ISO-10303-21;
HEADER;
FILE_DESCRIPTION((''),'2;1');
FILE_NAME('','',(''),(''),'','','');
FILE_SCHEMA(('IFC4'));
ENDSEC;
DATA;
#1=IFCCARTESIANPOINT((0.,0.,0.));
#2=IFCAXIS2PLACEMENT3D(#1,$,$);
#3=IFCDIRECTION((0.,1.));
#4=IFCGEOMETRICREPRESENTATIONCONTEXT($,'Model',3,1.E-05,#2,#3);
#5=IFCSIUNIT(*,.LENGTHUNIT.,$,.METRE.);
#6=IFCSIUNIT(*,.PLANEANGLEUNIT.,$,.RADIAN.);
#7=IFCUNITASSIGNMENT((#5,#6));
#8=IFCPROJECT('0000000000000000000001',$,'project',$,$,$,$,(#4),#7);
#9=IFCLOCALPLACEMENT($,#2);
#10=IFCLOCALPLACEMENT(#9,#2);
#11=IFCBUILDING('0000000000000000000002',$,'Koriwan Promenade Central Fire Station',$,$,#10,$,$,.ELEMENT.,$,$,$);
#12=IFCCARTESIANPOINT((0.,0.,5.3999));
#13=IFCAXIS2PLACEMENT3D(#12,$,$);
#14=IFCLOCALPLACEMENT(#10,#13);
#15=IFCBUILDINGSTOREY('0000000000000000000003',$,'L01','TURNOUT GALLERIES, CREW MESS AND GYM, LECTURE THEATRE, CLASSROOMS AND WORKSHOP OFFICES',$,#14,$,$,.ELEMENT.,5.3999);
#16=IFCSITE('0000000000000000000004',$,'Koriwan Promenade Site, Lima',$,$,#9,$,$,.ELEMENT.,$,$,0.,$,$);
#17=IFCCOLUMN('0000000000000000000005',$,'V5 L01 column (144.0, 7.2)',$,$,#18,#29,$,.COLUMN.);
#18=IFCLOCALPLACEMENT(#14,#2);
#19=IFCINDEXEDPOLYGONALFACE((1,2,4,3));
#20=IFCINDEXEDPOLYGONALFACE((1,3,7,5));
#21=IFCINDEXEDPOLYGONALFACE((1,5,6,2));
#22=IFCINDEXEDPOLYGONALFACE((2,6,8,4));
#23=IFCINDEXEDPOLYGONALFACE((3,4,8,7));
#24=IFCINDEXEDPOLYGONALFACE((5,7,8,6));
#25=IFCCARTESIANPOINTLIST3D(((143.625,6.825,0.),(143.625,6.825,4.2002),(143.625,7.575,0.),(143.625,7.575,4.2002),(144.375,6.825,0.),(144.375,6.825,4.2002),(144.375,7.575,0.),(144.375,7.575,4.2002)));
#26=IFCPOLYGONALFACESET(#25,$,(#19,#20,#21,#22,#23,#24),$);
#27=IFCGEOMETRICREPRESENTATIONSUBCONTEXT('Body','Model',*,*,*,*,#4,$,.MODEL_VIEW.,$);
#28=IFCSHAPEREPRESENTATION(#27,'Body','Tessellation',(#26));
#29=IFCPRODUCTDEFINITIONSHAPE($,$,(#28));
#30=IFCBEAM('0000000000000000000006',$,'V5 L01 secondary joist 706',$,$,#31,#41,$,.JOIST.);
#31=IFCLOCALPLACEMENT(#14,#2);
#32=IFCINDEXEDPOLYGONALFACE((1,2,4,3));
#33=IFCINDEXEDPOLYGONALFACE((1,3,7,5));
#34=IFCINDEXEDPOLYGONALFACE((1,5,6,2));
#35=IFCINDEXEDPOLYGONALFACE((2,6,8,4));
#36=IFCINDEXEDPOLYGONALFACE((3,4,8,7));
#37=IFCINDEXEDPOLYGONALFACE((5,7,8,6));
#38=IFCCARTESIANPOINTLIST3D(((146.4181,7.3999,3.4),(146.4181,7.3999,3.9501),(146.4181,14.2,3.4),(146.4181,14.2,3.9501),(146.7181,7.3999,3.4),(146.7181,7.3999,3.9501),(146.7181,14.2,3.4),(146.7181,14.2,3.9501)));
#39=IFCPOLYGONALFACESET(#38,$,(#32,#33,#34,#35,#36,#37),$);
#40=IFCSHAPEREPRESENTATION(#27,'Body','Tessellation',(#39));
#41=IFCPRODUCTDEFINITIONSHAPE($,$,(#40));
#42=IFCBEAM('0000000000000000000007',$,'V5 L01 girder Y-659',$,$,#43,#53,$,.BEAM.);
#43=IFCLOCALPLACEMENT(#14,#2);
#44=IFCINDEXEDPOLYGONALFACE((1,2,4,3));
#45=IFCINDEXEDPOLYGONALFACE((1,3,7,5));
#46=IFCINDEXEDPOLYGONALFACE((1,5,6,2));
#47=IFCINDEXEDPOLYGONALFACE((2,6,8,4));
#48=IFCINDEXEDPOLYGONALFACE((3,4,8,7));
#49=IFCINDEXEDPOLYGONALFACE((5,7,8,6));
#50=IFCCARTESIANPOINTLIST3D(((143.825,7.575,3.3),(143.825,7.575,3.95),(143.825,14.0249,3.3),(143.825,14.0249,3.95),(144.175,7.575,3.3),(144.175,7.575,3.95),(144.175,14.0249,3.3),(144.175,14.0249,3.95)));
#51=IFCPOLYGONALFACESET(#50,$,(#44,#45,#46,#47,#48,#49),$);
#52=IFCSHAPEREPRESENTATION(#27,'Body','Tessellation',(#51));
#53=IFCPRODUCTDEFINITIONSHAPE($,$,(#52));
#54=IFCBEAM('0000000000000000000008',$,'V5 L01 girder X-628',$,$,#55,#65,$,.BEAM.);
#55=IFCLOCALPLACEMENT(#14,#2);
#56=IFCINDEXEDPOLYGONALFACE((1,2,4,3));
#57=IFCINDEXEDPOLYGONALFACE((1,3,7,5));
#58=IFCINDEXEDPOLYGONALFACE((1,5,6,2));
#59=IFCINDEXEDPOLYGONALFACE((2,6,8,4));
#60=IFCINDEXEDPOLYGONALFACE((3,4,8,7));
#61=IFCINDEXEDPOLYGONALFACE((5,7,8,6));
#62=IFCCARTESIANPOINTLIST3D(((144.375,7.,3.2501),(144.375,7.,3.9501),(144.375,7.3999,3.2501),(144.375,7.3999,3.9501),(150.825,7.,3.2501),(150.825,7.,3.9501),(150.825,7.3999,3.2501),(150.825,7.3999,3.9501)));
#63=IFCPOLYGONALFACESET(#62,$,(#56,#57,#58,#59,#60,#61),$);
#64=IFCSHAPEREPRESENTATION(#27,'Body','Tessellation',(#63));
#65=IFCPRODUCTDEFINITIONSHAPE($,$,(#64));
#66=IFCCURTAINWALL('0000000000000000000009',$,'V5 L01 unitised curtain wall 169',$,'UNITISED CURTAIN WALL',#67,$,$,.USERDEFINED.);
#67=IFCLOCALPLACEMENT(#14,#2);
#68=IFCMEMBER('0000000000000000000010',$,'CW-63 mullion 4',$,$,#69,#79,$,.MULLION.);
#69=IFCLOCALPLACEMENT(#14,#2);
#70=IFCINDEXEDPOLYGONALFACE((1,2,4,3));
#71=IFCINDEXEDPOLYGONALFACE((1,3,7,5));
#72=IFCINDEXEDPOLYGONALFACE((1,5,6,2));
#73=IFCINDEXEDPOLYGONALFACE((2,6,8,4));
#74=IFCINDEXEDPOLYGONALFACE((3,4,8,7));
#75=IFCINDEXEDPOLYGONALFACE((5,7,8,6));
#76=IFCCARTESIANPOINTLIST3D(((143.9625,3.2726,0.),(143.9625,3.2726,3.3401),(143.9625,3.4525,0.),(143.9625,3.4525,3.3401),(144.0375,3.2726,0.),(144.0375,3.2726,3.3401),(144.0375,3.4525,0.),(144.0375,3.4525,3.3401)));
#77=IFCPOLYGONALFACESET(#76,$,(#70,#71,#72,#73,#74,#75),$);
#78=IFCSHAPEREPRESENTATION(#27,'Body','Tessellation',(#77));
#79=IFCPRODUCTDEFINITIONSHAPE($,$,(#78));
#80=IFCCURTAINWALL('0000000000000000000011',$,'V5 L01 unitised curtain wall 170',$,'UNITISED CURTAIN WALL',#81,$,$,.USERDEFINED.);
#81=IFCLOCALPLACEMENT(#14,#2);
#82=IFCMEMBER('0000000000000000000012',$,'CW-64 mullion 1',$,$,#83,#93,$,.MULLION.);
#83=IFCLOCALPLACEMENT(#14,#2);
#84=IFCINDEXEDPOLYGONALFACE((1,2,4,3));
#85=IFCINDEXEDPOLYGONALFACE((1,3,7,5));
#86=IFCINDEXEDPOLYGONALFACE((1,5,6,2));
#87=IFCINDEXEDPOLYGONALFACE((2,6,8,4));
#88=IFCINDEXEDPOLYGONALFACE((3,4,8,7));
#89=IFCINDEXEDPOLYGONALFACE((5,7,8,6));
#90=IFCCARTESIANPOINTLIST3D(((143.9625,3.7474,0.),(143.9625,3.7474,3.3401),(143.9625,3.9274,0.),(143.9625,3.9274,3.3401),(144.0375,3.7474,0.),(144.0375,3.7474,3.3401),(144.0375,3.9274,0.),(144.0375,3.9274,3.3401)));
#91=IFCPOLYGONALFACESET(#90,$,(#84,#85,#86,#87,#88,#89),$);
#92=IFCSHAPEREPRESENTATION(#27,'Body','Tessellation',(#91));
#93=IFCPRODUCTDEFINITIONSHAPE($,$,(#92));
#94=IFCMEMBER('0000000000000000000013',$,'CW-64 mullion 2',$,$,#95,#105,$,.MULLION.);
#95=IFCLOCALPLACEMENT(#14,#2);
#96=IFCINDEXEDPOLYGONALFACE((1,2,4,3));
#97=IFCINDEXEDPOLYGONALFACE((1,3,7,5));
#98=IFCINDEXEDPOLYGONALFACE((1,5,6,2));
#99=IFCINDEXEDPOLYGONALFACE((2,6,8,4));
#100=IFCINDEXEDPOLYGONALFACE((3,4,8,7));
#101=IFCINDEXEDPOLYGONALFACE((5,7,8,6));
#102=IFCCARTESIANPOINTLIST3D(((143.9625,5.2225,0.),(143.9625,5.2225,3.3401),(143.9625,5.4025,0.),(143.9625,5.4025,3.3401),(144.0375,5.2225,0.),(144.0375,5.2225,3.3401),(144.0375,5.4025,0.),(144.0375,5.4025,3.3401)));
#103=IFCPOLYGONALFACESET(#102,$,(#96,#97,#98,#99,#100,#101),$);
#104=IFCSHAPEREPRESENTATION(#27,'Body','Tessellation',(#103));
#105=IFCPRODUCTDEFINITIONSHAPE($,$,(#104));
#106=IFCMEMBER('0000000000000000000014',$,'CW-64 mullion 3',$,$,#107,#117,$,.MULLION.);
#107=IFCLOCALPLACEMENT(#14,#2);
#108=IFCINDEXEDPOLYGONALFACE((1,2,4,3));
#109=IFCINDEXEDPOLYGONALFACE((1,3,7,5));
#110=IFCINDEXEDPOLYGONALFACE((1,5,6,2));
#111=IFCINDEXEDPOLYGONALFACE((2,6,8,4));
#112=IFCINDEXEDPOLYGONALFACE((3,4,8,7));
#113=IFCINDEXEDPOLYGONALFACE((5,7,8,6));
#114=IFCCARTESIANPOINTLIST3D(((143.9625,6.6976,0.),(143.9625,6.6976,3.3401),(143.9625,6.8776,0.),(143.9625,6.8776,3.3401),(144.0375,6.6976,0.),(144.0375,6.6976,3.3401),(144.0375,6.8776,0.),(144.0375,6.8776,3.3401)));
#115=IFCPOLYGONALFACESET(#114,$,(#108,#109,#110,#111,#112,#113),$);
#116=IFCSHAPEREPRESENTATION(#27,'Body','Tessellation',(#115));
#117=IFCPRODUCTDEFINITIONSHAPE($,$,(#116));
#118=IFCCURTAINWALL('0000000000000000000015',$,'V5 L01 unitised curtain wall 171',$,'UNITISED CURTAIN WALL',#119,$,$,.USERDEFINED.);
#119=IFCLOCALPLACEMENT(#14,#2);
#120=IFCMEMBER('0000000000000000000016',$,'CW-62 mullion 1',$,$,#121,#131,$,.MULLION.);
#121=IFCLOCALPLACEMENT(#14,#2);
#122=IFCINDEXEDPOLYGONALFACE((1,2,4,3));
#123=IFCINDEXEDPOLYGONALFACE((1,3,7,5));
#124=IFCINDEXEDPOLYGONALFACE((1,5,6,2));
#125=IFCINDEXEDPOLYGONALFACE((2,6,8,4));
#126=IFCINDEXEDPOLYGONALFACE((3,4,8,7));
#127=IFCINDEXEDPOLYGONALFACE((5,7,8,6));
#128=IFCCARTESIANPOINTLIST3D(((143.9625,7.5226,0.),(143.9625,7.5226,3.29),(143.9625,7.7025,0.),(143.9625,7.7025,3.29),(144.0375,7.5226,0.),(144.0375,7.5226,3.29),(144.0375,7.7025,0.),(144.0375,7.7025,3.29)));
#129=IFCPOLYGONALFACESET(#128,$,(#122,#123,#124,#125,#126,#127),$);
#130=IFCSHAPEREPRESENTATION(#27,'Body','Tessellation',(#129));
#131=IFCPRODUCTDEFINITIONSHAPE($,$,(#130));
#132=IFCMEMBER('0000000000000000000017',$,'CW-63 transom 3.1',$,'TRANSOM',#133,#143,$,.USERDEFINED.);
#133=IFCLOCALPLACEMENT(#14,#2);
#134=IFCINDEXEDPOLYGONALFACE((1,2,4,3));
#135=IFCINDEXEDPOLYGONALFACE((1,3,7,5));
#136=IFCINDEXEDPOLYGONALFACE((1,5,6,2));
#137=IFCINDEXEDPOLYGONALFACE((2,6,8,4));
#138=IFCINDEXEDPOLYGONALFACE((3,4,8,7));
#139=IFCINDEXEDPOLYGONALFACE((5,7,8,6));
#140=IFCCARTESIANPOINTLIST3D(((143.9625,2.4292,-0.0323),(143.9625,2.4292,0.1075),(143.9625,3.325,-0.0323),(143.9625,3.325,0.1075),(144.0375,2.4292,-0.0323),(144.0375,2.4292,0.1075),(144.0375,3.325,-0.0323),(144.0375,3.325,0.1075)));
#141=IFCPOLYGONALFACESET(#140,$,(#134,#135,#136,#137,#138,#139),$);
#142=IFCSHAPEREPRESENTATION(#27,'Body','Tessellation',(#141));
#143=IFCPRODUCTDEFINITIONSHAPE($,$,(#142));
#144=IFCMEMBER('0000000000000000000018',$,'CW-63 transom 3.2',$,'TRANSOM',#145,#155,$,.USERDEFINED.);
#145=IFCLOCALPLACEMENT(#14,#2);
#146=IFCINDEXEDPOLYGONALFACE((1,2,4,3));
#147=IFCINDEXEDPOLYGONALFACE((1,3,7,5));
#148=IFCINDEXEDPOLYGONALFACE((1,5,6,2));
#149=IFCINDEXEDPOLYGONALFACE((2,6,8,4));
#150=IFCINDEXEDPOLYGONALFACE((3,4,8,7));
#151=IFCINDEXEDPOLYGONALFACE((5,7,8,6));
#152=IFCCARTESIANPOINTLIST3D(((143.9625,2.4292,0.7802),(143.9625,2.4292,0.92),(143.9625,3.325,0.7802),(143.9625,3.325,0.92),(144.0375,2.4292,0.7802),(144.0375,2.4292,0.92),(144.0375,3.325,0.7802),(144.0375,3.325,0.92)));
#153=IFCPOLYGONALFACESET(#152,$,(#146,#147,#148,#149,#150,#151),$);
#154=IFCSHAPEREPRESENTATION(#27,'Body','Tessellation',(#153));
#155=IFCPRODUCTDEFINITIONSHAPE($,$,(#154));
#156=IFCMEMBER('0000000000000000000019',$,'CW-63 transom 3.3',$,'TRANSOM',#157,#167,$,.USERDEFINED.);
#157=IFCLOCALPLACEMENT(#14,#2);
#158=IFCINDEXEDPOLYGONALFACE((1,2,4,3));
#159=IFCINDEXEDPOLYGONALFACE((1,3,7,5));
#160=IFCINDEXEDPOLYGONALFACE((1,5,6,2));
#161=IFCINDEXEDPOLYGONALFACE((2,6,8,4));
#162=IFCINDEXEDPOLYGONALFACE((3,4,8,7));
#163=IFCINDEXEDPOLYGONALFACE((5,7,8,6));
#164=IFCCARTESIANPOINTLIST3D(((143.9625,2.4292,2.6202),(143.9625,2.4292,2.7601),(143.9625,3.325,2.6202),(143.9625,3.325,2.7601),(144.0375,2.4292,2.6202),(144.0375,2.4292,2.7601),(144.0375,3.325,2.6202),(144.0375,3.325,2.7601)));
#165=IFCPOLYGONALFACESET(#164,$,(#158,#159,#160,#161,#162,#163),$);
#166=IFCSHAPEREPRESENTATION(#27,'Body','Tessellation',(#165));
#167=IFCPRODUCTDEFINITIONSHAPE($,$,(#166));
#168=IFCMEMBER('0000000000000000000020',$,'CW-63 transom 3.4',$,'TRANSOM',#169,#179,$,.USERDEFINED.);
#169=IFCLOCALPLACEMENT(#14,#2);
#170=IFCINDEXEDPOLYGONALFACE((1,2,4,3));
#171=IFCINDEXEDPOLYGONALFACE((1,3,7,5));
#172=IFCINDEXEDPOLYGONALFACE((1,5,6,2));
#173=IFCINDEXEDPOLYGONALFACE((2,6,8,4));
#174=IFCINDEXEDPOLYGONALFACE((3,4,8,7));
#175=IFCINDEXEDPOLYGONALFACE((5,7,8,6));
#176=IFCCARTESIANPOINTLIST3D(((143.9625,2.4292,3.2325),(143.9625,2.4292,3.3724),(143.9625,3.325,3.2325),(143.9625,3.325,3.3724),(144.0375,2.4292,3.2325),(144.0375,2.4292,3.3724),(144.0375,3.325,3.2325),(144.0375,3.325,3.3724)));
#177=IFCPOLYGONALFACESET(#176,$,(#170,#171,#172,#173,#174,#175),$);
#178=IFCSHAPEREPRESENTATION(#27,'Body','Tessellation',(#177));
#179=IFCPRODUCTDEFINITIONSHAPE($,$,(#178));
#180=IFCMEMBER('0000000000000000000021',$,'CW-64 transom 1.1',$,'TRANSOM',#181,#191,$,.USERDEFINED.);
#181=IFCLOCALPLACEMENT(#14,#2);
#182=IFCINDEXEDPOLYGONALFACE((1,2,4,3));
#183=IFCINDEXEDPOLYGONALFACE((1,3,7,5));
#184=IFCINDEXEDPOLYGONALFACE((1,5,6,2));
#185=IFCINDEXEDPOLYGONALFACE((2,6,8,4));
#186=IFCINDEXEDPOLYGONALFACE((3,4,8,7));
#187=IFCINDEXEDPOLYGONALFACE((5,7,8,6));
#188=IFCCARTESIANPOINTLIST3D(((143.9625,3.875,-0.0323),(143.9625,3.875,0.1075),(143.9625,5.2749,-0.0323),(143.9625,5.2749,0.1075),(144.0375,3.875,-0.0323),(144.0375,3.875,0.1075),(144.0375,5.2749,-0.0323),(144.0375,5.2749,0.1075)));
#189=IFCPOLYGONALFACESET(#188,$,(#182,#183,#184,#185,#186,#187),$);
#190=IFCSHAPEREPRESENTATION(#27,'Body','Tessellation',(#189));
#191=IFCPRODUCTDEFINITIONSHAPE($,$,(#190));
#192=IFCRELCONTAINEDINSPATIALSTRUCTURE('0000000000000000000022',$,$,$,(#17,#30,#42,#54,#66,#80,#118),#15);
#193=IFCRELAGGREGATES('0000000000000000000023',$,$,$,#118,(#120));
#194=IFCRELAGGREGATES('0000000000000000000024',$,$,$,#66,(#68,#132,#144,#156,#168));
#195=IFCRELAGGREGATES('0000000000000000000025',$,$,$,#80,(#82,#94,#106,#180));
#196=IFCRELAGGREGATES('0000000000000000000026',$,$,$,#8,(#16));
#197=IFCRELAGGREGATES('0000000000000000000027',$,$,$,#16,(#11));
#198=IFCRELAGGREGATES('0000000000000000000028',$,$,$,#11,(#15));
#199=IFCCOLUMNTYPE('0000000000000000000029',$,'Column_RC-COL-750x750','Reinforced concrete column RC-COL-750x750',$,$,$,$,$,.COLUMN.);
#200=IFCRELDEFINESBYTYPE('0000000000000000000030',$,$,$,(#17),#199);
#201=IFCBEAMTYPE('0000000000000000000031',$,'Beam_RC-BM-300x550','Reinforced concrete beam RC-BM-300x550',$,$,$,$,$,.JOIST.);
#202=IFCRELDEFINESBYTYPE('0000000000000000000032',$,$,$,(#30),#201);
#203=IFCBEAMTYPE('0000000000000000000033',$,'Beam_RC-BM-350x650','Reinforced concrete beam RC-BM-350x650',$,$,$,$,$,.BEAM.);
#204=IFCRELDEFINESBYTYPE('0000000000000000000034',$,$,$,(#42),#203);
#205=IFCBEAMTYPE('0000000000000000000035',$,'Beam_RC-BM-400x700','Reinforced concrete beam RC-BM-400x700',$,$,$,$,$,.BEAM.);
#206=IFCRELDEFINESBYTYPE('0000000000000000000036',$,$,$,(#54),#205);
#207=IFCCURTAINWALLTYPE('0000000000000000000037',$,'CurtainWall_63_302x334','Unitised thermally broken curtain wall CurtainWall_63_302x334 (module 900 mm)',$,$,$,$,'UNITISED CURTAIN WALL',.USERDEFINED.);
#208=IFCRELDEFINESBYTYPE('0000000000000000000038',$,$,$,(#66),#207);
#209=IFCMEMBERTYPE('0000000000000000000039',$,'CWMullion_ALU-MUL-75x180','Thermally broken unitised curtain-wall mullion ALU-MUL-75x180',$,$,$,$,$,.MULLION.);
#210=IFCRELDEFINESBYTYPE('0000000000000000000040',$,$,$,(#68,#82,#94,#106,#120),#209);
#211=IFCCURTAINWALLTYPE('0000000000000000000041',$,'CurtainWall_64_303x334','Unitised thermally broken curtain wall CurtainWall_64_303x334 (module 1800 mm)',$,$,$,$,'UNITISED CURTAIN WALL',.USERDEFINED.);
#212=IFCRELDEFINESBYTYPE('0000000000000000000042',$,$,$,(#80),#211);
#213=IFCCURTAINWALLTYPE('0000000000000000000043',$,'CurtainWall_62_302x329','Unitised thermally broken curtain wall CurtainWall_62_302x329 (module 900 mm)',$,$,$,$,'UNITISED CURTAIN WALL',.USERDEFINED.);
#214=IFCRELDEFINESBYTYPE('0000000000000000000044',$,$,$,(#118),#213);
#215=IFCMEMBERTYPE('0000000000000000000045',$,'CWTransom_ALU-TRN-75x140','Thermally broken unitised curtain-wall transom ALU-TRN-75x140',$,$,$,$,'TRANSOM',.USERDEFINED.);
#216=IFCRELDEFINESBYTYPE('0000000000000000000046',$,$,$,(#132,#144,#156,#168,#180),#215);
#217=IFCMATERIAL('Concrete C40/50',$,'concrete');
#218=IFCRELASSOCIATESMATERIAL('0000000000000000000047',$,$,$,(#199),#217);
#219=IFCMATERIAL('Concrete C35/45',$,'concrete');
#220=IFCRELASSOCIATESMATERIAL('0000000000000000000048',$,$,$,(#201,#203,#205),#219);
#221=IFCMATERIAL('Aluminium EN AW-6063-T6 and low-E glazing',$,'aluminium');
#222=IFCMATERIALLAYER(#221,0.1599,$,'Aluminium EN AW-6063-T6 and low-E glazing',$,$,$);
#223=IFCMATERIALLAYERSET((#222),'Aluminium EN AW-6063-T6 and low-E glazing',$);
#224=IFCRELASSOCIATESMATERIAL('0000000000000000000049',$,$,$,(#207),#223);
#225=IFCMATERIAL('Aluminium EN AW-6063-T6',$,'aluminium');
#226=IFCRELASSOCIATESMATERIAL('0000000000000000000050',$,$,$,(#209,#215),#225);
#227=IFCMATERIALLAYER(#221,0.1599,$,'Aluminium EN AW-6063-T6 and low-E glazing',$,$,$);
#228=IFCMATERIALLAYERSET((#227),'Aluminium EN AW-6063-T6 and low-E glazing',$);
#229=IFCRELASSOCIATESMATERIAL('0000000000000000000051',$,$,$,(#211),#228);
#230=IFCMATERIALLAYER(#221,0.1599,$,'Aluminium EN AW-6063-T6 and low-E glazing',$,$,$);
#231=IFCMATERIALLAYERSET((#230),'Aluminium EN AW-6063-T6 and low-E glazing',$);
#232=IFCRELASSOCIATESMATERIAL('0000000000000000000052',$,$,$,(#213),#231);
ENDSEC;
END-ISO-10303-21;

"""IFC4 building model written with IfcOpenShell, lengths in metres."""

from ifc_helpers import new_model, si_unit, direction, frame, origin, origin_2d, place, context, subcontext, project, spatial, rectangle, extrude, material, layer, layer_set, material_profile, profile_set, type_object, element, aggregate, save


model = new_model("IFC4")

# Units and contexts
model_context = context("Model", 3, precision=1e-05, world=origin(), true_north=direction((0.0, 1.0)))
body_context = subcontext(model_context, "Body", "Model", "MODEL_VIEW")
ifc_project = project(units=[si_unit("LENGTHUNIT", "METRE"), si_unit("PLANEANGLEUNIT", "RADIAN")], contexts=[model_context])

# Site, building, storey
site_placement = place(None, origin())
site = spatial("IfcSite", under=ifc_project, at=site_placement, Name="Koriwan Promenade Site, Lima", CompositionType="ELEMENT", RefElevation=0.0)
building_placement = place(site_placement, origin())
building = spatial("IfcBuilding", under=site, at=building_placement, Name="Koriwan Promenade Central Fire Station", CompositionType="ELEMENT")
storey_placement = place(building_placement, frame((0.0, 0.0, 5.3999)))
storey = spatial("IfcBuildingStorey", under=building, at=storey_placement, Name="L01", Description="TURNOUT GALLERIES, CREW MESS AND GYM, LECTURE THEATRE, CLASSROOMS AND WORKSHOP OFFICES", CompositionType="ELEMENT", Elevation=5.3999)

# Column
ifc_material_1 = material(Name="Concrete C40/50", Category="concrete")
ifc_material_profile_1 = material_profile(ifc_material_1, rectangle(XDim=0.75, YDim=0.75, at=origin_2d()), Name="RC-COL-750x750")
ifc_profile_set_1 = profile_set([ifc_material_profile_1], Name="Concrete C40/50")
column_type = type_object("IfcColumnType", Name="Column_RC-COL-750x750", Description="Reinforced concrete column RC-COL-750x750", PredefinedType="COLUMN", material=ifc_profile_set_1)
column_placement = place(storey_placement, frame((144.0, 7.2, 0.0), z_axis=(0.0, 0.0, 1.0), x_axis=(1.0, 0.0, 0.0)))
element("IfcColumn", 1, at=column_placement, inside=storey, type_object=column_type, Name="V5 L01 column (144.0, 7.2)", PredefinedType="COLUMN", context=body_context, shape_type="SweptSolid", body=[
    extrude(rectangle(XDim=0.75, YDim=0.75, at=origin_2d()), origin(), (0.0, 0.0, 1.0), 4.2002),
])

# Beams
ifc_material_2 = material(Name="Concrete C35/45", Category="concrete")
ifc_material_profile_2 = material_profile(ifc_material_2, rectangle(XDim=0.3, YDim=0.55, at=origin_2d()), Name="RC-BM-300x550")
ifc_profile_set_2 = profile_set([ifc_material_profile_2], Name="Concrete C35/45")
beam_type_1 = type_object("IfcBeamType", Name="Beam_RC-BM-300x550", Description="Reinforced concrete beam RC-BM-300x550", PredefinedType="JOIST", material=ifc_profile_set_2)
beam_1_placement = place(storey_placement, frame((146.5681, 7.3999, 3.675), z_axis=(0.0, 1.0, 0.0), x_axis=(-1.0, 0.0, 0.0)))
element("IfcBeam", 2, at=beam_1_placement, inside=storey, type_object=beam_type_1, Name="V5 L01 secondary joist 706", PredefinedType="JOIST", context=body_context, shape_type="SweptSolid", body=[
    extrude(rectangle(XDim=0.3, YDim=0.55, at=origin_2d()), origin(), (0.0, 0.0, 1.0), 6.8),
])
ifc_material_profile_3 = material_profile(ifc_material_2, rectangle(XDim=0.3501, YDim=0.6499, at=origin_2d()), Name="RC-BM-350x650")
ifc_profile_set_3 = profile_set([ifc_material_profile_3], Name="Concrete C35/45")
beam_type_2 = type_object("IfcBeamType", Name="Beam_RC-BM-350x650", Description="Reinforced concrete beam RC-BM-350x650", PredefinedType="BEAM", material=ifc_profile_set_3)
beam_2_placement = place(storey_placement, frame((144.0, 7.575, 3.625), z_axis=(0.0, 1.0, 0.0), x_axis=(-1.0, 0.0, 0.0)))
element("IfcBeam", 3, at=beam_2_placement, inside=storey, type_object=beam_type_2, Name="V5 L01 girder Y-659", PredefinedType="BEAM", context=body_context, shape_type="SweptSolid", body=[
    extrude(rectangle(XDim=0.3501, YDim=0.6499, at=origin_2d()), origin(), (0.0, 0.0, 1.0), 6.45),
])
ifc_material_profile_4 = material_profile(ifc_material_2, rectangle(XDim=0.3999, YDim=0.7, at=origin_2d()), Name="RC-BM-400x700")
ifc_profile_set_4 = profile_set([ifc_material_profile_4], Name="Concrete C35/45")
beam_type_3 = type_object("IfcBeamType", Name="Beam_RC-BM-400x700", Description="Reinforced concrete beam RC-BM-400x700", PredefinedType="BEAM", material=ifc_profile_set_4)
beam_3_placement = place(storey_placement, frame((144.375, 7.2, 3.6001), z_axis=(1.0, 0.0, 0.0), x_axis=(0.0, 1.0, 0.0)))
element("IfcBeam", 4, at=beam_3_placement, inside=storey, type_object=beam_type_3, Name="V5 L01 girder X-628", PredefinedType="BEAM", context=body_context, shape_type="SweptSolid", body=[
    extrude(rectangle(XDim=0.3999, YDim=0.7, at=origin_2d()), origin(), (0.0, 0.0, 1.0), 6.45),
])

# Curtain wall, member
ifc_material_3 = material(Name="Aluminium EN AW-6063-T6 and low-E glazing", Category="aluminium")
ifc_layer_1 = layer(ifc_material_3, 0.1599, Name="Aluminium EN AW-6063-T6 and low-E glazing")
ifc_layer_set_1 = layer_set([ifc_layer_1], Name="Aluminium EN AW-6063-T6 and low-E glazing")
curtain_wall_type_1 = type_object("IfcCurtainWallType", Name="CurtainWall_63_302x334", Description="Unitised thermally broken curtain wall CurtainWall_63_302x334 (module 900 mm)", ElementType="UNITISED CURTAIN WALL", PredefinedType="USERDEFINED", material=ifc_layer_set_1)
curtain_wall_1_placement = place(storey_placement, origin())
curtain_wall_1 = element("IfcCurtainWall", 5, at=curtain_wall_1_placement, inside=storey, type_object=curtain_wall_type_1, Name="V5 L01 unitised curtain wall 169", ObjectType="UNITISED CURTAIN WALL", PredefinedType="USERDEFINED")
ifc_material_4 = material(Name="Aluminium EN AW-6063-T6", Category="aluminium")
ifc_material_profile_5 = material_profile(ifc_material_4, rectangle(XDim=0.075, YDim=0.1799, at=origin_2d()), Name="ALU-MUL-75x180")
ifc_profile_set_5 = profile_set([ifc_material_profile_5], Name="Aluminium EN AW-6063-T6")
member_type_1 = type_object("IfcMemberType", Name="CWMullion_ALU-MUL-75x180", Description="Thermally broken unitised curtain-wall mullion ALU-MUL-75x180", PredefinedType="MULLION", material=ifc_profile_set_5)
member_1_placement = place(storey_placement, frame((144.0, 3.3625, 0.0), z_axis=(0.0, 0.0, 1.0), x_axis=(-1.0, 0.0, 0.0)))
member_1 = element("IfcMember", 6, at=member_1_placement, type_object=member_type_1, Name="CW-63 mullion 4", PredefinedType="MULLION", context=body_context, shape_type="SweptSolid", body=[
    extrude(rectangle(XDim=0.075, YDim=0.1799, at=origin_2d()), origin(), (0.0, 0.0, 1.0), 3.3401),
])

# Curtain wall, members
ifc_layer_2 = layer(ifc_material_3, 0.1599, Name="Aluminium EN AW-6063-T6 and low-E glazing")
ifc_layer_set_2 = layer_set([ifc_layer_2], Name="Aluminium EN AW-6063-T6 and low-E glazing")
curtain_wall_type_2 = type_object("IfcCurtainWallType", Name="CurtainWall_64_303x334", Description="Unitised thermally broken curtain wall CurtainWall_64_303x334 (module 1800 mm)", ElementType="UNITISED CURTAIN WALL", PredefinedType="USERDEFINED", material=ifc_layer_set_2)
curtain_wall_2_placement = place(storey_placement, origin())
curtain_wall_2 = element("IfcCurtainWall", 7, at=curtain_wall_2_placement, inside=storey, type_object=curtain_wall_type_2, Name="V5 L01 unitised curtain wall 170", ObjectType="UNITISED CURTAIN WALL", PredefinedType="USERDEFINED")
member_2_placement = place(storey_placement, frame((144.0, 3.8374, 0.0), z_axis=(0.0, 0.0, 1.0), x_axis=(-1.0, 0.0, 0.0)))
member_2 = element("IfcMember", 8, at=member_2_placement, type_object=member_type_1, Name="CW-64 mullion 1", PredefinedType="MULLION", context=body_context, shape_type="SweptSolid", body=[
    extrude(rectangle(XDim=0.075, YDim=0.1799, at=origin_2d()), origin(), (0.0, 0.0, 1.0), 3.3401),
])
member_3_placement = place(storey_placement, frame((144.0, 5.3125, 0.0), z_axis=(0.0, 0.0, 1.0), x_axis=(-1.0, 0.0, 0.0)))
member_3 = element("IfcMember", 9, at=member_3_placement, type_object=member_type_1, Name="CW-64 mullion 2", PredefinedType="MULLION", context=body_context, shape_type="SweptSolid", body=[
    extrude(rectangle(XDim=0.075, YDim=0.1799, at=origin_2d()), origin(), (0.0, 0.0, 1.0), 3.3401),
])
member_4_placement = place(storey_placement, frame((144.0, 6.7876, 0.0), z_axis=(0.0, 0.0, 1.0), x_axis=(-1.0, 0.0, 0.0)))
member_4 = element("IfcMember", 10, at=member_4_placement, type_object=member_type_1, Name="CW-64 mullion 3", PredefinedType="MULLION", context=body_context, shape_type="SweptSolid", body=[
    extrude(rectangle(XDim=0.075, YDim=0.1799, at=origin_2d()), origin(), (0.0, 0.0, 1.0), 3.3401),
])

# Curtain wall, member
ifc_layer_3 = layer(ifc_material_3, 0.1599, Name="Aluminium EN AW-6063-T6 and low-E glazing")
ifc_layer_set_3 = layer_set([ifc_layer_3], Name="Aluminium EN AW-6063-T6 and low-E glazing")
curtain_wall_type_3 = type_object("IfcCurtainWallType", Name="CurtainWall_62_302x329", Description="Unitised thermally broken curtain wall CurtainWall_62_302x329 (module 900 mm)", ElementType="UNITISED CURTAIN WALL", PredefinedType="USERDEFINED", material=ifc_layer_set_3)
curtain_wall_3_placement = place(storey_placement, origin())
curtain_wall_3 = element("IfcCurtainWall", 11, at=curtain_wall_3_placement, inside=storey, type_object=curtain_wall_type_3, Name="V5 L01 unitised curtain wall 171", ObjectType="UNITISED CURTAIN WALL", PredefinedType="USERDEFINED")
member_5_placement = place(storey_placement, frame((144.0, 7.6125, 0.0), z_axis=(0.0, 0.0, 1.0), x_axis=(-1.0, 0.0, 0.0)))
member_5 = element("IfcMember", 12, at=member_5_placement, type_object=member_type_1, Name="CW-62 mullion 1", PredefinedType="MULLION", context=body_context, shape_type="SweptSolid", body=[
    extrude(rectangle(XDim=0.075, YDim=0.1799, at=origin_2d()), origin(), (0.0, 0.0, 1.0), 3.29),
])

# Members
ifc_material_profile_6 = material_profile(ifc_material_4, rectangle(XDim=0.075, YDim=0.1399, at=origin_2d()), Name="ALU-TRN-75x140")
ifc_profile_set_6 = profile_set([ifc_material_profile_6], Name="Aluminium EN AW-6063-T6")
member_type_2 = type_object("IfcMemberType", Name="CWTransom_ALU-TRN-75x140", Description="Thermally broken unitised curtain-wall transom ALU-TRN-75x140", ElementType="TRANSOM", PredefinedType="USERDEFINED", material=ifc_profile_set_6)
member_6_placement = place(storey_placement, frame((144.0, 2.4292, 0.0376), z_axis=(0.0, 1.0, 0.0), x_axis=(-1.0, 0.0, 0.0)))
member_6 = element("IfcMember", 13, at=member_6_placement, type_object=member_type_2, Name="CW-63 transom 3.1", ObjectType="TRANSOM", PredefinedType="USERDEFINED", context=body_context, shape_type="SweptSolid", body=[
    extrude(rectangle(XDim=0.075, YDim=0.1399, at=origin_2d()), origin(), (0.0, 0.0, 1.0), 0.8958),
])
member_7_placement = place(storey_placement, frame((144.0, 2.4292, 0.8501), z_axis=(0.0, 1.0, 0.0), x_axis=(-1.0, 0.0, 0.0)))
member_7 = element("IfcMember", 14, at=member_7_placement, type_object=member_type_2, Name="CW-63 transom 3.2", ObjectType="TRANSOM", PredefinedType="USERDEFINED", context=body_context, shape_type="SweptSolid", body=[
    extrude(rectangle(XDim=0.075, YDim=0.1399, at=origin_2d()), origin(), (0.0, 0.0, 1.0), 0.8958),
])
member_8_placement = place(storey_placement, frame((144.0, 2.4292, 2.6902), z_axis=(0.0, 1.0, 0.0), x_axis=(-1.0, 0.0, 0.0)))
member_8 = element("IfcMember", 15, at=member_8_placement, type_object=member_type_2, Name="CW-63 transom 3.3", ObjectType="TRANSOM", PredefinedType="USERDEFINED", context=body_context, shape_type="SweptSolid", body=[
    extrude(rectangle(XDim=0.075, YDim=0.1399, at=origin_2d()), origin(), (0.0, 0.0, 1.0), 0.8958),
])
member_9_placement = place(storey_placement, frame((144.0, 2.4292, 3.3025), z_axis=(0.0, 1.0, 0.0), x_axis=(-1.0, 0.0, 0.0)))
member_9 = element("IfcMember", 16, at=member_9_placement, type_object=member_type_2, Name="CW-63 transom 3.4", ObjectType="TRANSOM", PredefinedType="USERDEFINED", context=body_context, shape_type="SweptSolid", body=[
    extrude(rectangle(XDim=0.075, YDim=0.1399, at=origin_2d()), origin(), (0.0, 0.0, 1.0), 0.8958),
])
member_10_placement = place(storey_placement, frame((144.0, 3.875, 0.0376), z_axis=(0.0, 1.0, 0.0), x_axis=(-1.0, 0.0, 0.0)))
member_10 = element("IfcMember", 17, at=member_10_placement, type_object=member_type_2, Name="CW-64 transom 1.1", ObjectType="TRANSOM", PredefinedType="USERDEFINED", context=body_context, shape_type="SweptSolid", body=[
    extrude(rectangle(XDim=0.075, YDim=0.1399, at=origin_2d()), origin(), (0.0, 0.0, 1.0), 1.3999),
])
aggregate(curtain_wall_3, [member_5])

aggregate(curtain_wall_1, [member_1, member_6, member_7, member_8, member_9])
aggregate(curtain_wall_2, [member_2, member_3, member_4, member_10])

save(model, "model.ifc")
